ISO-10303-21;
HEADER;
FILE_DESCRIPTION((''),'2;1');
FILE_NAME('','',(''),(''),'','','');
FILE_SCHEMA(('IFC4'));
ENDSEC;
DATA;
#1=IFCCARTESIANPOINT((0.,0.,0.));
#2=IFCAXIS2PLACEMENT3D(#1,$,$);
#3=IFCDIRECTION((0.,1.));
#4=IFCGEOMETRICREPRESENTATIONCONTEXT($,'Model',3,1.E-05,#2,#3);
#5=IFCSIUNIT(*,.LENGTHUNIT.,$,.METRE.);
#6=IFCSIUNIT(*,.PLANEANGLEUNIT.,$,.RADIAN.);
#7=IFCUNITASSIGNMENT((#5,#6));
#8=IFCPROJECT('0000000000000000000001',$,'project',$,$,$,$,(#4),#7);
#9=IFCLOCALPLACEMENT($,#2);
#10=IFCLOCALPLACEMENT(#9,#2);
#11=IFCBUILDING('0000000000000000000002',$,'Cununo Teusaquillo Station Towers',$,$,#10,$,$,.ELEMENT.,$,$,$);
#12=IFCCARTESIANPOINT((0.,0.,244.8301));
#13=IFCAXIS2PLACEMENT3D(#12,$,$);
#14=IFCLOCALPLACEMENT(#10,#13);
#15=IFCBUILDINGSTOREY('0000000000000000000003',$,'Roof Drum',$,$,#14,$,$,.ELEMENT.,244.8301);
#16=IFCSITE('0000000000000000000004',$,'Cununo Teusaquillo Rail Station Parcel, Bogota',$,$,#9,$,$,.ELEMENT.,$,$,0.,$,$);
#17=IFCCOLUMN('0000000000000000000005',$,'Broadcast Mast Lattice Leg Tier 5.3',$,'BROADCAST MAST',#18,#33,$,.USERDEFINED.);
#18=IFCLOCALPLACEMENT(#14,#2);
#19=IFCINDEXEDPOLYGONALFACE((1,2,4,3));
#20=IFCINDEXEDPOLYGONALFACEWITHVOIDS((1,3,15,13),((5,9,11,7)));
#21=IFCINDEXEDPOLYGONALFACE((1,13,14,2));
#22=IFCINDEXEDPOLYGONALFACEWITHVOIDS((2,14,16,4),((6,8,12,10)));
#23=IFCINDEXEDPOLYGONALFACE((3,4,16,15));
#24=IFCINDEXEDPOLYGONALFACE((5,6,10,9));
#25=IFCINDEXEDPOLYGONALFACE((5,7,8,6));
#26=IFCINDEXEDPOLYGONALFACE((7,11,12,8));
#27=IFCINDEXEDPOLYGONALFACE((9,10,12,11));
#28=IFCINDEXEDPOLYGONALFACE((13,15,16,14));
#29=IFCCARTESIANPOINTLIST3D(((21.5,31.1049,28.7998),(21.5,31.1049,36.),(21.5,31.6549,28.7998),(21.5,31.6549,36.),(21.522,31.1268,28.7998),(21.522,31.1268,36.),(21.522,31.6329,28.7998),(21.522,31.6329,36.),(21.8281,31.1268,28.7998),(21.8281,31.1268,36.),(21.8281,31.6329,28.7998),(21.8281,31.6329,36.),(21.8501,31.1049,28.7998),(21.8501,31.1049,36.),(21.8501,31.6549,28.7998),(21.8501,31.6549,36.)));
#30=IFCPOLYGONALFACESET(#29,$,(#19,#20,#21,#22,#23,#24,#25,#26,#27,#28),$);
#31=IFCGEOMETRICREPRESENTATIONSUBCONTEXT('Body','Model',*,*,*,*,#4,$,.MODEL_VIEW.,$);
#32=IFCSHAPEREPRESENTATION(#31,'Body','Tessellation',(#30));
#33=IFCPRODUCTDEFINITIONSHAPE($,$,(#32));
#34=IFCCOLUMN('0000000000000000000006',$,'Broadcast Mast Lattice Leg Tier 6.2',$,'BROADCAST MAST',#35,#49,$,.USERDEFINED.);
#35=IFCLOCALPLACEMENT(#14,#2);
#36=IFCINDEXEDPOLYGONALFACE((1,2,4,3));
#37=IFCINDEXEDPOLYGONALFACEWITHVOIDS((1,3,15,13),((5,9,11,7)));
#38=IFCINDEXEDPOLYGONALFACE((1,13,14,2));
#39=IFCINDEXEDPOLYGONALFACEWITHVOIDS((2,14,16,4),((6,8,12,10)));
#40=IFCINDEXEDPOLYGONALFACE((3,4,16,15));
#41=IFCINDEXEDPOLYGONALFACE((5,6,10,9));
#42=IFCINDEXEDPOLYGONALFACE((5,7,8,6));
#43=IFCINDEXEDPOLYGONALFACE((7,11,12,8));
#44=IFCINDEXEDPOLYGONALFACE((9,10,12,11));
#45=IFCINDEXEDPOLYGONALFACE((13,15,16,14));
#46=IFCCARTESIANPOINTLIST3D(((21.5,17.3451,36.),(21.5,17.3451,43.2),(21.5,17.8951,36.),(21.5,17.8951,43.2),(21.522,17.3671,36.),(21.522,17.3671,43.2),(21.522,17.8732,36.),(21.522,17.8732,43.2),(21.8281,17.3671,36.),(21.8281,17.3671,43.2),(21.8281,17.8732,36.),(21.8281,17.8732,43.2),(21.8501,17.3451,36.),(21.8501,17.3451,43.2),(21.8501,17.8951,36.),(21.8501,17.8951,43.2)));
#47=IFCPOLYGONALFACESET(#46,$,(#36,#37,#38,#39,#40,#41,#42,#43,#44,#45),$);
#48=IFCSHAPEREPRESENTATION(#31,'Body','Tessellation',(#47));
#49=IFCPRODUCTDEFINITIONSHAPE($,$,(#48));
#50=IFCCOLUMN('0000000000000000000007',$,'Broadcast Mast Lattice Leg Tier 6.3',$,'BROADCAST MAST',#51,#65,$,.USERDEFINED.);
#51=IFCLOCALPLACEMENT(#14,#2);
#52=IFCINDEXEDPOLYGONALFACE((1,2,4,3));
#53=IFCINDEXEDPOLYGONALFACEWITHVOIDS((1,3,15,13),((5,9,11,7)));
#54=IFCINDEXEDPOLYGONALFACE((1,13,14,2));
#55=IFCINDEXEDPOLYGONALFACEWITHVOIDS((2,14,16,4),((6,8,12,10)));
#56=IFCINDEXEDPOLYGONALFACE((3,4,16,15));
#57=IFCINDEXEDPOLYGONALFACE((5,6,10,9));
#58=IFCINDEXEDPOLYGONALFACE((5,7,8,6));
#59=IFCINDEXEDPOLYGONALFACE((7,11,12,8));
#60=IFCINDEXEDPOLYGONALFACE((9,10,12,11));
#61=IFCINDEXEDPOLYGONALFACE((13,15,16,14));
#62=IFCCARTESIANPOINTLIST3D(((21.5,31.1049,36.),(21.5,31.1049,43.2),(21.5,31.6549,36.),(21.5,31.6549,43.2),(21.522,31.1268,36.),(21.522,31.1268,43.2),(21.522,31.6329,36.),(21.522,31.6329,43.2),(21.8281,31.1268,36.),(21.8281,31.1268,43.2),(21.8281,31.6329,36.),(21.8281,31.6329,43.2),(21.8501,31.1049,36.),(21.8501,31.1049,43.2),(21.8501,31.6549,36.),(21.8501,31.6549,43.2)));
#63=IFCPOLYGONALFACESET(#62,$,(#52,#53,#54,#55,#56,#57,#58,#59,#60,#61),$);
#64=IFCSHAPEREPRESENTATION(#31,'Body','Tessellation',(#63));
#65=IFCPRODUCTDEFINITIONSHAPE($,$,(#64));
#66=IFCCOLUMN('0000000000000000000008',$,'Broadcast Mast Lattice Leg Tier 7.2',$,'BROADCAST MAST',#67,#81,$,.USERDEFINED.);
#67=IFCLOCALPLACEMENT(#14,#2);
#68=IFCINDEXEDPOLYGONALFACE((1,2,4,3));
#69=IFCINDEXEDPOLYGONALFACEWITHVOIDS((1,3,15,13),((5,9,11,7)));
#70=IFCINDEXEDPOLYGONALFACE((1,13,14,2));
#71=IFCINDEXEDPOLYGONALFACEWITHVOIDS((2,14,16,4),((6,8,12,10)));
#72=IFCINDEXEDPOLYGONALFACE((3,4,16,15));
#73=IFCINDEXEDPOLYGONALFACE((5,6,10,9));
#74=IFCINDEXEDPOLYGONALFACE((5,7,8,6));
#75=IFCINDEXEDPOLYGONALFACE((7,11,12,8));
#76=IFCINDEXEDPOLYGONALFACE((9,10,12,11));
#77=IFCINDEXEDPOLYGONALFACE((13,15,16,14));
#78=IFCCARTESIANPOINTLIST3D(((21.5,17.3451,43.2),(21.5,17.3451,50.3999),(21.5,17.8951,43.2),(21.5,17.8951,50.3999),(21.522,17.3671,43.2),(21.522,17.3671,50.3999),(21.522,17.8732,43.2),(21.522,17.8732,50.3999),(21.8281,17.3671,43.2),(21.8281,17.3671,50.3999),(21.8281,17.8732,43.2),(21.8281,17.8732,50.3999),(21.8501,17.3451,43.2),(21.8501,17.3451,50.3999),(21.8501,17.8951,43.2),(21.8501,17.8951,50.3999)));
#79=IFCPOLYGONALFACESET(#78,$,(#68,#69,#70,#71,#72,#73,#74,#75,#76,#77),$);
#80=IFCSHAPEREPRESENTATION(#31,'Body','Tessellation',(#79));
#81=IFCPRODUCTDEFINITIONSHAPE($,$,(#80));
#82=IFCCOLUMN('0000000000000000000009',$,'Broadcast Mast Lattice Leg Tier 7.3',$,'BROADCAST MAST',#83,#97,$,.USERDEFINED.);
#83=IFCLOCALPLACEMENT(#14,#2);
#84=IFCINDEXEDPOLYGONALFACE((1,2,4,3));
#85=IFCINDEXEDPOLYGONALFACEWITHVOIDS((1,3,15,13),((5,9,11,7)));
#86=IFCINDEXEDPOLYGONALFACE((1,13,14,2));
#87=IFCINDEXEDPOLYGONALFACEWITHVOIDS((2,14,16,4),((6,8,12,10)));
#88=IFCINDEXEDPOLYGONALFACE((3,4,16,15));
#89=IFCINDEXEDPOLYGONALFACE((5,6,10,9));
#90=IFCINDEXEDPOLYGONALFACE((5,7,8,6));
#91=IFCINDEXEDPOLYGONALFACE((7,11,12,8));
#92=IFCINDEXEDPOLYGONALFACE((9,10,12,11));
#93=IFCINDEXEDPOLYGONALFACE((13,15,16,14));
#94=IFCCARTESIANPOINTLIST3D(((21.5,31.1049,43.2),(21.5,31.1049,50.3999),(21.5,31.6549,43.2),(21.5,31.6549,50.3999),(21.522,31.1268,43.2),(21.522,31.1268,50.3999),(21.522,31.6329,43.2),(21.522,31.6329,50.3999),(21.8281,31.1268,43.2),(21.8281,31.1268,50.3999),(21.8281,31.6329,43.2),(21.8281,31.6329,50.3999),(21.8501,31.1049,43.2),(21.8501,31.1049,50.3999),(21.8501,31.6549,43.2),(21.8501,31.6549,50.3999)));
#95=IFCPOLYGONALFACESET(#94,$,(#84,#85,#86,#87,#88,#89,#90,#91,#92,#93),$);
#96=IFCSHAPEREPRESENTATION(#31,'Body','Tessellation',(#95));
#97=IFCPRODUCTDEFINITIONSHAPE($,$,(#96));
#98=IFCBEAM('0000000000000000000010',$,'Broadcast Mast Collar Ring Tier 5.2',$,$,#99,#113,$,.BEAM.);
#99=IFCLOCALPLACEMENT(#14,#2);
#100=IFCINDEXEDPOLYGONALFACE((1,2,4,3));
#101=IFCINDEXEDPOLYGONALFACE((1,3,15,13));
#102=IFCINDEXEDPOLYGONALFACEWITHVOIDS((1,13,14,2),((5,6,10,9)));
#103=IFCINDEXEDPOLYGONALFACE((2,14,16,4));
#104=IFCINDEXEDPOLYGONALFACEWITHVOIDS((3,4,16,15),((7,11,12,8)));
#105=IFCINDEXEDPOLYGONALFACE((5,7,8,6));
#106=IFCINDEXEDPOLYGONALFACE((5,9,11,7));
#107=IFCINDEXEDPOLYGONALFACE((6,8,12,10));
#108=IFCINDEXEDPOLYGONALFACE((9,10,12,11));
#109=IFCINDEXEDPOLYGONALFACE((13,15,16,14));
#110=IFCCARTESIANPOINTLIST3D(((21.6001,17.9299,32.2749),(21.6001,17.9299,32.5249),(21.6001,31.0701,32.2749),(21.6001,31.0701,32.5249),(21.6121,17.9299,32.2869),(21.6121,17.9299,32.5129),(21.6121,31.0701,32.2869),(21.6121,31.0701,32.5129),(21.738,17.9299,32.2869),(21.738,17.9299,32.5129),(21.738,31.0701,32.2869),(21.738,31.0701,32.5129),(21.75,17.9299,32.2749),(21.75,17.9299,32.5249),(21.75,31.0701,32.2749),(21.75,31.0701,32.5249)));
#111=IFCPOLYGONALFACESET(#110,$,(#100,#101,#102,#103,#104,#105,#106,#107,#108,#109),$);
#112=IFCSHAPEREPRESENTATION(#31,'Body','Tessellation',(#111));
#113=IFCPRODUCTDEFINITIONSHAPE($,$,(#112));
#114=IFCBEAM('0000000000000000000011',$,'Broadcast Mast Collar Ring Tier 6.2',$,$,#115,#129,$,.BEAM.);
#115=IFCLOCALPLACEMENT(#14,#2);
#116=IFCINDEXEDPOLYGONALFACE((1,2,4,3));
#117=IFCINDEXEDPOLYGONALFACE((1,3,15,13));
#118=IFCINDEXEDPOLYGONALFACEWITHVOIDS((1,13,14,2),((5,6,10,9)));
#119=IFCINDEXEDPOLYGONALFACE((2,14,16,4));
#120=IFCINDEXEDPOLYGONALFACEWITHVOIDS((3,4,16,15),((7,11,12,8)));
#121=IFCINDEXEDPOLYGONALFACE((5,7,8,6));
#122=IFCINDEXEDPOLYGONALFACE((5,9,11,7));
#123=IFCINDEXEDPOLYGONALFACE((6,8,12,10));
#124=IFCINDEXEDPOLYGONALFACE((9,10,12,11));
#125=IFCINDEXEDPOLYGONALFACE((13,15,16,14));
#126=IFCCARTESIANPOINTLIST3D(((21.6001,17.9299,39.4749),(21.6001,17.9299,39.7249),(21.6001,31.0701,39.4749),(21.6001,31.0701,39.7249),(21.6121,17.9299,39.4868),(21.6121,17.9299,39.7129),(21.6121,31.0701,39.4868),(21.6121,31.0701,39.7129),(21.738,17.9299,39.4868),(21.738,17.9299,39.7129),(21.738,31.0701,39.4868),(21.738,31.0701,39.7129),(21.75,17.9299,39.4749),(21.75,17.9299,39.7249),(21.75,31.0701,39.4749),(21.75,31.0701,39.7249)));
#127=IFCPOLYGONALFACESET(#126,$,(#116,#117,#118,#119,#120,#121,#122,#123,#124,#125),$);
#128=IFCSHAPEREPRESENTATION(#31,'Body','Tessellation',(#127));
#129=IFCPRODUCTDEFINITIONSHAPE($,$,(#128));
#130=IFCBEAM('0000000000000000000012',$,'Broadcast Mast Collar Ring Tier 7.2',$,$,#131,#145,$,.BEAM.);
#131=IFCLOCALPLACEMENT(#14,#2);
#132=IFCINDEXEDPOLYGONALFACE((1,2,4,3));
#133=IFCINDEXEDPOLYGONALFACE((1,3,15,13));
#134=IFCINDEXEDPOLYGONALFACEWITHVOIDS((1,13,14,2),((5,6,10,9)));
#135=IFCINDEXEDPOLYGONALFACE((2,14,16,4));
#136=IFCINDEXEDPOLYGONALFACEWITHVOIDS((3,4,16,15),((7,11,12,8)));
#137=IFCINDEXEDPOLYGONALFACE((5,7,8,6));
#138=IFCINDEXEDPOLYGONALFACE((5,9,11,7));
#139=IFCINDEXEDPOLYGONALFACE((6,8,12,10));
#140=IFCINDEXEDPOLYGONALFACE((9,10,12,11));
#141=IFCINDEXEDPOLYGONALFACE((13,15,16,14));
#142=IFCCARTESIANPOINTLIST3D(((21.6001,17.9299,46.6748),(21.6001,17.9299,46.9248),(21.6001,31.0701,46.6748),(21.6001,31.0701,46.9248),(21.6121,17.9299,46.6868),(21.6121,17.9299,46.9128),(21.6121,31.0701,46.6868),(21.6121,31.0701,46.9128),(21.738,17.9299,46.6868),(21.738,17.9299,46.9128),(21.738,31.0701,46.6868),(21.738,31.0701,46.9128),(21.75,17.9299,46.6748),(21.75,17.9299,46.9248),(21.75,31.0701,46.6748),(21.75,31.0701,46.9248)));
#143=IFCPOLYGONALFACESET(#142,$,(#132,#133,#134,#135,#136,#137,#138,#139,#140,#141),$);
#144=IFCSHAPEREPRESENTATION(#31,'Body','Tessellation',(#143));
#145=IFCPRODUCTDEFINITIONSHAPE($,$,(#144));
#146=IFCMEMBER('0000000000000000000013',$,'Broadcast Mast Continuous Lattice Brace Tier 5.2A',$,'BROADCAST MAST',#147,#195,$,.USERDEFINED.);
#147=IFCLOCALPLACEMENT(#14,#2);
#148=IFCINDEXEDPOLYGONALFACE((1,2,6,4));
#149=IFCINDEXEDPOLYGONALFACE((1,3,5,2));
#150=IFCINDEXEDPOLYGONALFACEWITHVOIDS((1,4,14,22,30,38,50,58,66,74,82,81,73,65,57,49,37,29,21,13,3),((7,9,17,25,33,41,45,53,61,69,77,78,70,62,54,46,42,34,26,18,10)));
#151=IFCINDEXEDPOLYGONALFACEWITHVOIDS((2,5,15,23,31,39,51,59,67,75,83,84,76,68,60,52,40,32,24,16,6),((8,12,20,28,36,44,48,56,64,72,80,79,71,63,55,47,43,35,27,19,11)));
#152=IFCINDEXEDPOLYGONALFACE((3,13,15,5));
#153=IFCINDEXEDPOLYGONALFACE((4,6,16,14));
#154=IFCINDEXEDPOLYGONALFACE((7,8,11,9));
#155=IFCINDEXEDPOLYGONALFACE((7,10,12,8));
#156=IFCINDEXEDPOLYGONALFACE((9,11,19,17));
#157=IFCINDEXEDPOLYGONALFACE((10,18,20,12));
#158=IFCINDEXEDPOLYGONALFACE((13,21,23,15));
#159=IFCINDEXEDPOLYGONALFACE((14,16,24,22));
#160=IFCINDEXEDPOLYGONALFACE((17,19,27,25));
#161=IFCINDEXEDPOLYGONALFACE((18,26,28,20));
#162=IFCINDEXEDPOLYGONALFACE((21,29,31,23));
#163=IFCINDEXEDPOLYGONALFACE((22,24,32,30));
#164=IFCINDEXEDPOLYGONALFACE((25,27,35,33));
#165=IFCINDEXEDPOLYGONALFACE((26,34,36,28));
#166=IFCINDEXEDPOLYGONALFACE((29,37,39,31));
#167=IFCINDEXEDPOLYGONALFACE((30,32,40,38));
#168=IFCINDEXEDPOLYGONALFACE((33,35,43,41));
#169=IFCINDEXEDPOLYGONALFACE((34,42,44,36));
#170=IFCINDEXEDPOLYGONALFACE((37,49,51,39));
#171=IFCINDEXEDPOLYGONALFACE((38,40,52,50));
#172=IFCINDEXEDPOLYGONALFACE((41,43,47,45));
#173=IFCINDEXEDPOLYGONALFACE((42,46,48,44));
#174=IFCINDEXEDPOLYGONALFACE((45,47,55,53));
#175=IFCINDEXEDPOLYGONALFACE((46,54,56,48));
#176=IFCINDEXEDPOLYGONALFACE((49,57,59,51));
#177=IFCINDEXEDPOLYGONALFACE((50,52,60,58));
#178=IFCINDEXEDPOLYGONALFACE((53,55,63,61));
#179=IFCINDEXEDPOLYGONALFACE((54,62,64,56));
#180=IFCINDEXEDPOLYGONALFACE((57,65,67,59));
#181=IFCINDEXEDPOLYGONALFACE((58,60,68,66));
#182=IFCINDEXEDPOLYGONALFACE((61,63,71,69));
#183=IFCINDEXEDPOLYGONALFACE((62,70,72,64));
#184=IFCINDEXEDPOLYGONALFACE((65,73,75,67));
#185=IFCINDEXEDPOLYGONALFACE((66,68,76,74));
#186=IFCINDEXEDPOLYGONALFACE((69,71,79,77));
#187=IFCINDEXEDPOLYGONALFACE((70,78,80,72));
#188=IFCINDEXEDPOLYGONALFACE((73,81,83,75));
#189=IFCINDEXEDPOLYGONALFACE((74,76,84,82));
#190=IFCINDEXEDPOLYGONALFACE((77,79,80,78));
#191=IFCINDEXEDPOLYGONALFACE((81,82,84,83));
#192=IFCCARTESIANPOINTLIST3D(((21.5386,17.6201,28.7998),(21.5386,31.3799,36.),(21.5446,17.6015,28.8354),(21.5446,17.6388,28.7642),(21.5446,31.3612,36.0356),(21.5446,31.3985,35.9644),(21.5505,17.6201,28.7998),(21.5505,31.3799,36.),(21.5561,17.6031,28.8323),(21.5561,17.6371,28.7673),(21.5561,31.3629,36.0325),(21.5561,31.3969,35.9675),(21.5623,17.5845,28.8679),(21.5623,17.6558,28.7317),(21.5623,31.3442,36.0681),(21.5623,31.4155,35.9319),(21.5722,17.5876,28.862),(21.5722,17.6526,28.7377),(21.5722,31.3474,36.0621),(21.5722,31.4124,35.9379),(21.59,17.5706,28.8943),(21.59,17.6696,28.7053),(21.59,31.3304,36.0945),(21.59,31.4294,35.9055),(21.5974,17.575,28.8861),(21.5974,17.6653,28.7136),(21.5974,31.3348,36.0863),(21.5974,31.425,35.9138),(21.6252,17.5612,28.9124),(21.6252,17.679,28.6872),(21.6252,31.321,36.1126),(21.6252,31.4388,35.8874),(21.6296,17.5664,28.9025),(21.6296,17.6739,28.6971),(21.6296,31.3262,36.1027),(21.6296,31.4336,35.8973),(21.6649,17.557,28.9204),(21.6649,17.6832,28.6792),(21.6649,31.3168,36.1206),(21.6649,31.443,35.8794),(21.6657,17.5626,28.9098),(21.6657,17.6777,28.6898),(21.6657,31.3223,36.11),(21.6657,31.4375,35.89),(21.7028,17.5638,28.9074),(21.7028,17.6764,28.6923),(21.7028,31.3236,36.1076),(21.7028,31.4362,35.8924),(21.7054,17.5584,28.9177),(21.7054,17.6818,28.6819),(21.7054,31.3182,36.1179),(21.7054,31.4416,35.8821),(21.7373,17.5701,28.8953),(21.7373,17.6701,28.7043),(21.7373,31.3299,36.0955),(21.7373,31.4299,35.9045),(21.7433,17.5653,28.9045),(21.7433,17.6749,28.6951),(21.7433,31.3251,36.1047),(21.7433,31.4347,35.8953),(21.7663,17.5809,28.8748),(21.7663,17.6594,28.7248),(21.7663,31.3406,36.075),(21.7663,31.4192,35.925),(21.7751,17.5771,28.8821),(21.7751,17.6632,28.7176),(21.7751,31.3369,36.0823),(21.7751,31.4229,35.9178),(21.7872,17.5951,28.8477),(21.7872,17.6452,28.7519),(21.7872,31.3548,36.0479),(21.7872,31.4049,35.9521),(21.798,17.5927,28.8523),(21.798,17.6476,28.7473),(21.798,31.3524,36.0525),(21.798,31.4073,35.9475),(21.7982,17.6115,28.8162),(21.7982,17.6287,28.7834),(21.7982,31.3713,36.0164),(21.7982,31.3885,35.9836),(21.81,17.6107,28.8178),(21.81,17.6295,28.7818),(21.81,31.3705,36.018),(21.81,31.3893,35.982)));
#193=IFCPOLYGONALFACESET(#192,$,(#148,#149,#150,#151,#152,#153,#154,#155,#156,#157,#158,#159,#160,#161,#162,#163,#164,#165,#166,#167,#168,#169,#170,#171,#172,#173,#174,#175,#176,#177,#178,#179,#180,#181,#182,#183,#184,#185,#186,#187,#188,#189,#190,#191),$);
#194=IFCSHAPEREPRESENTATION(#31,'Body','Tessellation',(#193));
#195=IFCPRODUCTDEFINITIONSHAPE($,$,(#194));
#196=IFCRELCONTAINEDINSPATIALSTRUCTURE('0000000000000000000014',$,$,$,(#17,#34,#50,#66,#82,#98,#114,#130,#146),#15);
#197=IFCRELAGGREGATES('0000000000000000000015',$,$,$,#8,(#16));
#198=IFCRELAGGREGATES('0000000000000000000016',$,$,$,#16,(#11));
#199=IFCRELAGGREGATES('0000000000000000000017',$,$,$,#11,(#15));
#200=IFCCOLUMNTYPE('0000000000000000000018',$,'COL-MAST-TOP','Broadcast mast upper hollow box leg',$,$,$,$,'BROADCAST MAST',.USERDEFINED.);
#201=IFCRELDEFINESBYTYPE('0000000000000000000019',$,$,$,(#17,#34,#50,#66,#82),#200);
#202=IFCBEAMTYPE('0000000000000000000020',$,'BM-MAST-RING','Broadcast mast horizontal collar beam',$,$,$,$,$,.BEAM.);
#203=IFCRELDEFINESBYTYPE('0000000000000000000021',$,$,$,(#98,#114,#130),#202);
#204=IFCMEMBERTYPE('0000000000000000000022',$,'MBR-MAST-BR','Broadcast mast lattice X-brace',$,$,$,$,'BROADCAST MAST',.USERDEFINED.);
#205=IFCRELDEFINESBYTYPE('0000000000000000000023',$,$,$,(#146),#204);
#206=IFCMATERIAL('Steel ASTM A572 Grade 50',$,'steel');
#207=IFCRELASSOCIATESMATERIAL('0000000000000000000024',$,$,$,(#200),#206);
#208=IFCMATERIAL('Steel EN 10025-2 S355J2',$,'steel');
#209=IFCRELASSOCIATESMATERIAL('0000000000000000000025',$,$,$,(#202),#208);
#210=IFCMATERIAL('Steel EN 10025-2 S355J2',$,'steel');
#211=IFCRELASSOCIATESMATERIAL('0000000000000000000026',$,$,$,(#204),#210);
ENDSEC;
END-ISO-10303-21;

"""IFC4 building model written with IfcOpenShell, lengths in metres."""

from ifc_helpers import new_model, si_unit, direction, frame, origin, origin_2d, place, context, subcontext, project, spatial, hollow_rectangle, hollow_circle, extrude, material, material_profile, profile_set, type_object, element, save


model = new_model("IFC4")

# Units and contexts
model_context = context("Model", 3, precision=1e-05, world=origin(), true_north=direction((0.0, 1.0)))
body_context = subcontext(model_context, "Body", "Model", "MODEL_VIEW")
ifc_project = project(units=[si_unit("LENGTHUNIT", "METRE"), si_unit("PLANEANGLEUNIT", "RADIAN")], contexts=[model_context])

# Site, building, storey
site_placement = place(None, origin())
site = spatial("IfcSite", under=ifc_project, at=site_placement, Name="Cununo Teusaquillo Rail Station Parcel, Bogota", CompositionType="ELEMENT", RefElevation=0.0)
building_placement = place(site_placement, origin())
building = spatial("IfcBuilding", under=site, at=building_placement, Name="Cununo Teusaquillo Station Towers", CompositionType="ELEMENT")
storey_placement = place(building_placement, frame((0.0, 0.0, 244.8301)))
storey = spatial("IfcBuildingStorey", under=building, at=storey_placement, Name="Roof Drum", CompositionType="ELEMENT", Elevation=244.8301)

# Columns
ifc_material_1 = material(Name="Steel ASTM A572 Grade 50", Category="steel")
ifc_material_profile_1 = material_profile(ifc_material_1, hollow_rectangle(XDim=0.3501, YDim=0.55, WallThickness=0.022, at=origin_2d()), Name="RHS 550x350x22")
ifc_profile_set_1 = profile_set([ifc_material_profile_1], Name="Steel ASTM A572 Grade 50")
column_type = type_object("IfcColumnType", Name="COL-MAST-TOP", Description="Broadcast mast upper hollow box leg", ElementType="BROADCAST MAST", PredefinedType="USERDEFINED", material=ifc_profile_set_1)
column_placement = place(storey_placement, frame((21.675, 31.3799, 28.7998), z_axis=(0.0, 0.0, 1.0), x_axis=(1.0, 0.0, 0.0)))
element("IfcColumn", 1, at=column_placement, inside=storey, type_object=column_type, Name="Broadcast Mast Lattice Leg Tier 5.3", ObjectType="BROADCAST MAST", PredefinedType="USERDEFINED", context=body_context, shape_type="SweptSolid", body=[
    extrude(hollow_rectangle(XDim=0.3501, YDim=0.55, WallThickness=0.022, at=origin_2d()), origin(), (0.0, 0.0, 1.0), 7.2002),
])
for number, where, z_axis, x_axis, name in (
    (2, (21.675, 17.6201, 36.0), (0.0, 0.0, 1.0), (1.0, 0.0, 0.0), "Broadcast Mast Lattice Leg Tier 6.2"),
    (3, (21.675, 31.3799, 36.0), (0.0, 0.0, 1.0), (1.0, 0.0, 0.0), "Broadcast Mast Lattice Leg Tier 6.3"),
    (4, (21.675, 17.6201, 43.2), (0.0, 0.0, 1.0), (1.0, 0.0, 0.0), "Broadcast Mast Lattice Leg Tier 7.2"),
    (5, (21.675, 31.3799, 43.2), (0.0, 0.0, 1.0), (1.0, 0.0, 0.0), "Broadcast Mast Lattice Leg Tier 7.3"),
):
    element("IfcColumn", number, at=place(storey_placement, frame(where, z_axis=z_axis, x_axis=x_axis)), inside=storey, type_object=column_type, Name=name, ObjectType="BROADCAST MAST", PredefinedType="USERDEFINED", context=body_context, shape_type="SweptSolid", body=[
        extrude(hollow_rectangle(XDim=0.3501, YDim=0.55, WallThickness=0.022, at=origin_2d()), origin(), (0.0, 0.0, 1.0), 7.2),
    ])

# Beams
ifc_material_2 = material(Name="Steel EN 10025-2 S355J2", Category="steel")
ifc_material_profile_2 = material_profile(ifc_material_2, hollow_rectangle(XDim=0.1499, YDim=0.25, WallThickness=0.012, at=origin_2d()), Name="RHS 250x150x12")
ifc_profile_set_2 = profile_set([ifc_material_profile_2], Name="Steel EN 10025-2 S355J2")
beam_type = type_object("IfcBeamType", Name="BM-MAST-RING", Description="Broadcast mast horizontal collar beam", PredefinedType="BEAM", material=ifc_profile_set_2)
for number, where, z_axis, x_axis, name in (
    (6, (21.675, 17.9299, 32.3999), (0.0, 1.0, 0.0), (-1.0, 0.0, 0.0), "Broadcast Mast Collar Ring Tier 5.2"),
    (7, (21.675, 17.9299, 39.5999), (0.0, 1.0, 0.0), (-1.0, 0.0, 0.0), "Broadcast Mast Collar Ring Tier 6.2"),
    (8, (21.675, 17.9299, 46.7998), (0.0, 1.0, 0.0), (-1.0, 0.0, 0.0), "Broadcast Mast Collar Ring Tier 7.2"),
):
    element("IfcBeam", number, at=place(storey_placement, frame(where, z_axis=z_axis, x_axis=x_axis)), inside=storey, type_object=beam_type, Name=name, PredefinedType="BEAM", context=body_context, shape_type="SweptSolid", body=[
        extrude(hollow_rectangle(XDim=0.1499, YDim=0.25, WallThickness=0.012, at=origin_2d()), origin(), (0.0, 0.0, 1.0), 13.1401),
    ])

# Member
ifc_material_3 = material(Name="Steel EN 10025-2 S355J2", Category="steel")
ifc_material_profile_3 = material_profile(ifc_material_3, hollow_circle(Radius=0.1365, WallThickness=0.012, at=origin_2d()), Name="CHS 273x12")
ifc_profile_set_3 = profile_set([ifc_material_profile_3], Name="Steel EN 10025-2 S355J2")
member_type_1 = type_object("IfcMemberType", Name="MBR-MAST-BR", Description="Broadcast mast lattice X-brace", ElementType="BROADCAST MAST", PredefinedType="USERDEFINED", material=ifc_profile_set_3)
member_1_placement = place(storey_placement, frame((21.675, 17.6201, 28.7998), z_axis=(0.0, 0.886025, 0.463638), x_axis=(-1.0, 0.0, 0.0)))
element("IfcMember", 9, at=member_1_placement, inside=storey, type_object=member_type_1, Name="Broadcast Mast Continuous Lattice Brace Tier 5.2A", ObjectType="BROADCAST MAST", PredefinedType="USERDEFINED", context=body_context, shape_type="SweptSolid", body=[
    extrude(hollow_circle(Radius=0.1365, WallThickness=0.012, at=origin_2d()), origin(), (0.0, 0.0, 1.0), 15.5298),
])

save(model, "model.ifc")
